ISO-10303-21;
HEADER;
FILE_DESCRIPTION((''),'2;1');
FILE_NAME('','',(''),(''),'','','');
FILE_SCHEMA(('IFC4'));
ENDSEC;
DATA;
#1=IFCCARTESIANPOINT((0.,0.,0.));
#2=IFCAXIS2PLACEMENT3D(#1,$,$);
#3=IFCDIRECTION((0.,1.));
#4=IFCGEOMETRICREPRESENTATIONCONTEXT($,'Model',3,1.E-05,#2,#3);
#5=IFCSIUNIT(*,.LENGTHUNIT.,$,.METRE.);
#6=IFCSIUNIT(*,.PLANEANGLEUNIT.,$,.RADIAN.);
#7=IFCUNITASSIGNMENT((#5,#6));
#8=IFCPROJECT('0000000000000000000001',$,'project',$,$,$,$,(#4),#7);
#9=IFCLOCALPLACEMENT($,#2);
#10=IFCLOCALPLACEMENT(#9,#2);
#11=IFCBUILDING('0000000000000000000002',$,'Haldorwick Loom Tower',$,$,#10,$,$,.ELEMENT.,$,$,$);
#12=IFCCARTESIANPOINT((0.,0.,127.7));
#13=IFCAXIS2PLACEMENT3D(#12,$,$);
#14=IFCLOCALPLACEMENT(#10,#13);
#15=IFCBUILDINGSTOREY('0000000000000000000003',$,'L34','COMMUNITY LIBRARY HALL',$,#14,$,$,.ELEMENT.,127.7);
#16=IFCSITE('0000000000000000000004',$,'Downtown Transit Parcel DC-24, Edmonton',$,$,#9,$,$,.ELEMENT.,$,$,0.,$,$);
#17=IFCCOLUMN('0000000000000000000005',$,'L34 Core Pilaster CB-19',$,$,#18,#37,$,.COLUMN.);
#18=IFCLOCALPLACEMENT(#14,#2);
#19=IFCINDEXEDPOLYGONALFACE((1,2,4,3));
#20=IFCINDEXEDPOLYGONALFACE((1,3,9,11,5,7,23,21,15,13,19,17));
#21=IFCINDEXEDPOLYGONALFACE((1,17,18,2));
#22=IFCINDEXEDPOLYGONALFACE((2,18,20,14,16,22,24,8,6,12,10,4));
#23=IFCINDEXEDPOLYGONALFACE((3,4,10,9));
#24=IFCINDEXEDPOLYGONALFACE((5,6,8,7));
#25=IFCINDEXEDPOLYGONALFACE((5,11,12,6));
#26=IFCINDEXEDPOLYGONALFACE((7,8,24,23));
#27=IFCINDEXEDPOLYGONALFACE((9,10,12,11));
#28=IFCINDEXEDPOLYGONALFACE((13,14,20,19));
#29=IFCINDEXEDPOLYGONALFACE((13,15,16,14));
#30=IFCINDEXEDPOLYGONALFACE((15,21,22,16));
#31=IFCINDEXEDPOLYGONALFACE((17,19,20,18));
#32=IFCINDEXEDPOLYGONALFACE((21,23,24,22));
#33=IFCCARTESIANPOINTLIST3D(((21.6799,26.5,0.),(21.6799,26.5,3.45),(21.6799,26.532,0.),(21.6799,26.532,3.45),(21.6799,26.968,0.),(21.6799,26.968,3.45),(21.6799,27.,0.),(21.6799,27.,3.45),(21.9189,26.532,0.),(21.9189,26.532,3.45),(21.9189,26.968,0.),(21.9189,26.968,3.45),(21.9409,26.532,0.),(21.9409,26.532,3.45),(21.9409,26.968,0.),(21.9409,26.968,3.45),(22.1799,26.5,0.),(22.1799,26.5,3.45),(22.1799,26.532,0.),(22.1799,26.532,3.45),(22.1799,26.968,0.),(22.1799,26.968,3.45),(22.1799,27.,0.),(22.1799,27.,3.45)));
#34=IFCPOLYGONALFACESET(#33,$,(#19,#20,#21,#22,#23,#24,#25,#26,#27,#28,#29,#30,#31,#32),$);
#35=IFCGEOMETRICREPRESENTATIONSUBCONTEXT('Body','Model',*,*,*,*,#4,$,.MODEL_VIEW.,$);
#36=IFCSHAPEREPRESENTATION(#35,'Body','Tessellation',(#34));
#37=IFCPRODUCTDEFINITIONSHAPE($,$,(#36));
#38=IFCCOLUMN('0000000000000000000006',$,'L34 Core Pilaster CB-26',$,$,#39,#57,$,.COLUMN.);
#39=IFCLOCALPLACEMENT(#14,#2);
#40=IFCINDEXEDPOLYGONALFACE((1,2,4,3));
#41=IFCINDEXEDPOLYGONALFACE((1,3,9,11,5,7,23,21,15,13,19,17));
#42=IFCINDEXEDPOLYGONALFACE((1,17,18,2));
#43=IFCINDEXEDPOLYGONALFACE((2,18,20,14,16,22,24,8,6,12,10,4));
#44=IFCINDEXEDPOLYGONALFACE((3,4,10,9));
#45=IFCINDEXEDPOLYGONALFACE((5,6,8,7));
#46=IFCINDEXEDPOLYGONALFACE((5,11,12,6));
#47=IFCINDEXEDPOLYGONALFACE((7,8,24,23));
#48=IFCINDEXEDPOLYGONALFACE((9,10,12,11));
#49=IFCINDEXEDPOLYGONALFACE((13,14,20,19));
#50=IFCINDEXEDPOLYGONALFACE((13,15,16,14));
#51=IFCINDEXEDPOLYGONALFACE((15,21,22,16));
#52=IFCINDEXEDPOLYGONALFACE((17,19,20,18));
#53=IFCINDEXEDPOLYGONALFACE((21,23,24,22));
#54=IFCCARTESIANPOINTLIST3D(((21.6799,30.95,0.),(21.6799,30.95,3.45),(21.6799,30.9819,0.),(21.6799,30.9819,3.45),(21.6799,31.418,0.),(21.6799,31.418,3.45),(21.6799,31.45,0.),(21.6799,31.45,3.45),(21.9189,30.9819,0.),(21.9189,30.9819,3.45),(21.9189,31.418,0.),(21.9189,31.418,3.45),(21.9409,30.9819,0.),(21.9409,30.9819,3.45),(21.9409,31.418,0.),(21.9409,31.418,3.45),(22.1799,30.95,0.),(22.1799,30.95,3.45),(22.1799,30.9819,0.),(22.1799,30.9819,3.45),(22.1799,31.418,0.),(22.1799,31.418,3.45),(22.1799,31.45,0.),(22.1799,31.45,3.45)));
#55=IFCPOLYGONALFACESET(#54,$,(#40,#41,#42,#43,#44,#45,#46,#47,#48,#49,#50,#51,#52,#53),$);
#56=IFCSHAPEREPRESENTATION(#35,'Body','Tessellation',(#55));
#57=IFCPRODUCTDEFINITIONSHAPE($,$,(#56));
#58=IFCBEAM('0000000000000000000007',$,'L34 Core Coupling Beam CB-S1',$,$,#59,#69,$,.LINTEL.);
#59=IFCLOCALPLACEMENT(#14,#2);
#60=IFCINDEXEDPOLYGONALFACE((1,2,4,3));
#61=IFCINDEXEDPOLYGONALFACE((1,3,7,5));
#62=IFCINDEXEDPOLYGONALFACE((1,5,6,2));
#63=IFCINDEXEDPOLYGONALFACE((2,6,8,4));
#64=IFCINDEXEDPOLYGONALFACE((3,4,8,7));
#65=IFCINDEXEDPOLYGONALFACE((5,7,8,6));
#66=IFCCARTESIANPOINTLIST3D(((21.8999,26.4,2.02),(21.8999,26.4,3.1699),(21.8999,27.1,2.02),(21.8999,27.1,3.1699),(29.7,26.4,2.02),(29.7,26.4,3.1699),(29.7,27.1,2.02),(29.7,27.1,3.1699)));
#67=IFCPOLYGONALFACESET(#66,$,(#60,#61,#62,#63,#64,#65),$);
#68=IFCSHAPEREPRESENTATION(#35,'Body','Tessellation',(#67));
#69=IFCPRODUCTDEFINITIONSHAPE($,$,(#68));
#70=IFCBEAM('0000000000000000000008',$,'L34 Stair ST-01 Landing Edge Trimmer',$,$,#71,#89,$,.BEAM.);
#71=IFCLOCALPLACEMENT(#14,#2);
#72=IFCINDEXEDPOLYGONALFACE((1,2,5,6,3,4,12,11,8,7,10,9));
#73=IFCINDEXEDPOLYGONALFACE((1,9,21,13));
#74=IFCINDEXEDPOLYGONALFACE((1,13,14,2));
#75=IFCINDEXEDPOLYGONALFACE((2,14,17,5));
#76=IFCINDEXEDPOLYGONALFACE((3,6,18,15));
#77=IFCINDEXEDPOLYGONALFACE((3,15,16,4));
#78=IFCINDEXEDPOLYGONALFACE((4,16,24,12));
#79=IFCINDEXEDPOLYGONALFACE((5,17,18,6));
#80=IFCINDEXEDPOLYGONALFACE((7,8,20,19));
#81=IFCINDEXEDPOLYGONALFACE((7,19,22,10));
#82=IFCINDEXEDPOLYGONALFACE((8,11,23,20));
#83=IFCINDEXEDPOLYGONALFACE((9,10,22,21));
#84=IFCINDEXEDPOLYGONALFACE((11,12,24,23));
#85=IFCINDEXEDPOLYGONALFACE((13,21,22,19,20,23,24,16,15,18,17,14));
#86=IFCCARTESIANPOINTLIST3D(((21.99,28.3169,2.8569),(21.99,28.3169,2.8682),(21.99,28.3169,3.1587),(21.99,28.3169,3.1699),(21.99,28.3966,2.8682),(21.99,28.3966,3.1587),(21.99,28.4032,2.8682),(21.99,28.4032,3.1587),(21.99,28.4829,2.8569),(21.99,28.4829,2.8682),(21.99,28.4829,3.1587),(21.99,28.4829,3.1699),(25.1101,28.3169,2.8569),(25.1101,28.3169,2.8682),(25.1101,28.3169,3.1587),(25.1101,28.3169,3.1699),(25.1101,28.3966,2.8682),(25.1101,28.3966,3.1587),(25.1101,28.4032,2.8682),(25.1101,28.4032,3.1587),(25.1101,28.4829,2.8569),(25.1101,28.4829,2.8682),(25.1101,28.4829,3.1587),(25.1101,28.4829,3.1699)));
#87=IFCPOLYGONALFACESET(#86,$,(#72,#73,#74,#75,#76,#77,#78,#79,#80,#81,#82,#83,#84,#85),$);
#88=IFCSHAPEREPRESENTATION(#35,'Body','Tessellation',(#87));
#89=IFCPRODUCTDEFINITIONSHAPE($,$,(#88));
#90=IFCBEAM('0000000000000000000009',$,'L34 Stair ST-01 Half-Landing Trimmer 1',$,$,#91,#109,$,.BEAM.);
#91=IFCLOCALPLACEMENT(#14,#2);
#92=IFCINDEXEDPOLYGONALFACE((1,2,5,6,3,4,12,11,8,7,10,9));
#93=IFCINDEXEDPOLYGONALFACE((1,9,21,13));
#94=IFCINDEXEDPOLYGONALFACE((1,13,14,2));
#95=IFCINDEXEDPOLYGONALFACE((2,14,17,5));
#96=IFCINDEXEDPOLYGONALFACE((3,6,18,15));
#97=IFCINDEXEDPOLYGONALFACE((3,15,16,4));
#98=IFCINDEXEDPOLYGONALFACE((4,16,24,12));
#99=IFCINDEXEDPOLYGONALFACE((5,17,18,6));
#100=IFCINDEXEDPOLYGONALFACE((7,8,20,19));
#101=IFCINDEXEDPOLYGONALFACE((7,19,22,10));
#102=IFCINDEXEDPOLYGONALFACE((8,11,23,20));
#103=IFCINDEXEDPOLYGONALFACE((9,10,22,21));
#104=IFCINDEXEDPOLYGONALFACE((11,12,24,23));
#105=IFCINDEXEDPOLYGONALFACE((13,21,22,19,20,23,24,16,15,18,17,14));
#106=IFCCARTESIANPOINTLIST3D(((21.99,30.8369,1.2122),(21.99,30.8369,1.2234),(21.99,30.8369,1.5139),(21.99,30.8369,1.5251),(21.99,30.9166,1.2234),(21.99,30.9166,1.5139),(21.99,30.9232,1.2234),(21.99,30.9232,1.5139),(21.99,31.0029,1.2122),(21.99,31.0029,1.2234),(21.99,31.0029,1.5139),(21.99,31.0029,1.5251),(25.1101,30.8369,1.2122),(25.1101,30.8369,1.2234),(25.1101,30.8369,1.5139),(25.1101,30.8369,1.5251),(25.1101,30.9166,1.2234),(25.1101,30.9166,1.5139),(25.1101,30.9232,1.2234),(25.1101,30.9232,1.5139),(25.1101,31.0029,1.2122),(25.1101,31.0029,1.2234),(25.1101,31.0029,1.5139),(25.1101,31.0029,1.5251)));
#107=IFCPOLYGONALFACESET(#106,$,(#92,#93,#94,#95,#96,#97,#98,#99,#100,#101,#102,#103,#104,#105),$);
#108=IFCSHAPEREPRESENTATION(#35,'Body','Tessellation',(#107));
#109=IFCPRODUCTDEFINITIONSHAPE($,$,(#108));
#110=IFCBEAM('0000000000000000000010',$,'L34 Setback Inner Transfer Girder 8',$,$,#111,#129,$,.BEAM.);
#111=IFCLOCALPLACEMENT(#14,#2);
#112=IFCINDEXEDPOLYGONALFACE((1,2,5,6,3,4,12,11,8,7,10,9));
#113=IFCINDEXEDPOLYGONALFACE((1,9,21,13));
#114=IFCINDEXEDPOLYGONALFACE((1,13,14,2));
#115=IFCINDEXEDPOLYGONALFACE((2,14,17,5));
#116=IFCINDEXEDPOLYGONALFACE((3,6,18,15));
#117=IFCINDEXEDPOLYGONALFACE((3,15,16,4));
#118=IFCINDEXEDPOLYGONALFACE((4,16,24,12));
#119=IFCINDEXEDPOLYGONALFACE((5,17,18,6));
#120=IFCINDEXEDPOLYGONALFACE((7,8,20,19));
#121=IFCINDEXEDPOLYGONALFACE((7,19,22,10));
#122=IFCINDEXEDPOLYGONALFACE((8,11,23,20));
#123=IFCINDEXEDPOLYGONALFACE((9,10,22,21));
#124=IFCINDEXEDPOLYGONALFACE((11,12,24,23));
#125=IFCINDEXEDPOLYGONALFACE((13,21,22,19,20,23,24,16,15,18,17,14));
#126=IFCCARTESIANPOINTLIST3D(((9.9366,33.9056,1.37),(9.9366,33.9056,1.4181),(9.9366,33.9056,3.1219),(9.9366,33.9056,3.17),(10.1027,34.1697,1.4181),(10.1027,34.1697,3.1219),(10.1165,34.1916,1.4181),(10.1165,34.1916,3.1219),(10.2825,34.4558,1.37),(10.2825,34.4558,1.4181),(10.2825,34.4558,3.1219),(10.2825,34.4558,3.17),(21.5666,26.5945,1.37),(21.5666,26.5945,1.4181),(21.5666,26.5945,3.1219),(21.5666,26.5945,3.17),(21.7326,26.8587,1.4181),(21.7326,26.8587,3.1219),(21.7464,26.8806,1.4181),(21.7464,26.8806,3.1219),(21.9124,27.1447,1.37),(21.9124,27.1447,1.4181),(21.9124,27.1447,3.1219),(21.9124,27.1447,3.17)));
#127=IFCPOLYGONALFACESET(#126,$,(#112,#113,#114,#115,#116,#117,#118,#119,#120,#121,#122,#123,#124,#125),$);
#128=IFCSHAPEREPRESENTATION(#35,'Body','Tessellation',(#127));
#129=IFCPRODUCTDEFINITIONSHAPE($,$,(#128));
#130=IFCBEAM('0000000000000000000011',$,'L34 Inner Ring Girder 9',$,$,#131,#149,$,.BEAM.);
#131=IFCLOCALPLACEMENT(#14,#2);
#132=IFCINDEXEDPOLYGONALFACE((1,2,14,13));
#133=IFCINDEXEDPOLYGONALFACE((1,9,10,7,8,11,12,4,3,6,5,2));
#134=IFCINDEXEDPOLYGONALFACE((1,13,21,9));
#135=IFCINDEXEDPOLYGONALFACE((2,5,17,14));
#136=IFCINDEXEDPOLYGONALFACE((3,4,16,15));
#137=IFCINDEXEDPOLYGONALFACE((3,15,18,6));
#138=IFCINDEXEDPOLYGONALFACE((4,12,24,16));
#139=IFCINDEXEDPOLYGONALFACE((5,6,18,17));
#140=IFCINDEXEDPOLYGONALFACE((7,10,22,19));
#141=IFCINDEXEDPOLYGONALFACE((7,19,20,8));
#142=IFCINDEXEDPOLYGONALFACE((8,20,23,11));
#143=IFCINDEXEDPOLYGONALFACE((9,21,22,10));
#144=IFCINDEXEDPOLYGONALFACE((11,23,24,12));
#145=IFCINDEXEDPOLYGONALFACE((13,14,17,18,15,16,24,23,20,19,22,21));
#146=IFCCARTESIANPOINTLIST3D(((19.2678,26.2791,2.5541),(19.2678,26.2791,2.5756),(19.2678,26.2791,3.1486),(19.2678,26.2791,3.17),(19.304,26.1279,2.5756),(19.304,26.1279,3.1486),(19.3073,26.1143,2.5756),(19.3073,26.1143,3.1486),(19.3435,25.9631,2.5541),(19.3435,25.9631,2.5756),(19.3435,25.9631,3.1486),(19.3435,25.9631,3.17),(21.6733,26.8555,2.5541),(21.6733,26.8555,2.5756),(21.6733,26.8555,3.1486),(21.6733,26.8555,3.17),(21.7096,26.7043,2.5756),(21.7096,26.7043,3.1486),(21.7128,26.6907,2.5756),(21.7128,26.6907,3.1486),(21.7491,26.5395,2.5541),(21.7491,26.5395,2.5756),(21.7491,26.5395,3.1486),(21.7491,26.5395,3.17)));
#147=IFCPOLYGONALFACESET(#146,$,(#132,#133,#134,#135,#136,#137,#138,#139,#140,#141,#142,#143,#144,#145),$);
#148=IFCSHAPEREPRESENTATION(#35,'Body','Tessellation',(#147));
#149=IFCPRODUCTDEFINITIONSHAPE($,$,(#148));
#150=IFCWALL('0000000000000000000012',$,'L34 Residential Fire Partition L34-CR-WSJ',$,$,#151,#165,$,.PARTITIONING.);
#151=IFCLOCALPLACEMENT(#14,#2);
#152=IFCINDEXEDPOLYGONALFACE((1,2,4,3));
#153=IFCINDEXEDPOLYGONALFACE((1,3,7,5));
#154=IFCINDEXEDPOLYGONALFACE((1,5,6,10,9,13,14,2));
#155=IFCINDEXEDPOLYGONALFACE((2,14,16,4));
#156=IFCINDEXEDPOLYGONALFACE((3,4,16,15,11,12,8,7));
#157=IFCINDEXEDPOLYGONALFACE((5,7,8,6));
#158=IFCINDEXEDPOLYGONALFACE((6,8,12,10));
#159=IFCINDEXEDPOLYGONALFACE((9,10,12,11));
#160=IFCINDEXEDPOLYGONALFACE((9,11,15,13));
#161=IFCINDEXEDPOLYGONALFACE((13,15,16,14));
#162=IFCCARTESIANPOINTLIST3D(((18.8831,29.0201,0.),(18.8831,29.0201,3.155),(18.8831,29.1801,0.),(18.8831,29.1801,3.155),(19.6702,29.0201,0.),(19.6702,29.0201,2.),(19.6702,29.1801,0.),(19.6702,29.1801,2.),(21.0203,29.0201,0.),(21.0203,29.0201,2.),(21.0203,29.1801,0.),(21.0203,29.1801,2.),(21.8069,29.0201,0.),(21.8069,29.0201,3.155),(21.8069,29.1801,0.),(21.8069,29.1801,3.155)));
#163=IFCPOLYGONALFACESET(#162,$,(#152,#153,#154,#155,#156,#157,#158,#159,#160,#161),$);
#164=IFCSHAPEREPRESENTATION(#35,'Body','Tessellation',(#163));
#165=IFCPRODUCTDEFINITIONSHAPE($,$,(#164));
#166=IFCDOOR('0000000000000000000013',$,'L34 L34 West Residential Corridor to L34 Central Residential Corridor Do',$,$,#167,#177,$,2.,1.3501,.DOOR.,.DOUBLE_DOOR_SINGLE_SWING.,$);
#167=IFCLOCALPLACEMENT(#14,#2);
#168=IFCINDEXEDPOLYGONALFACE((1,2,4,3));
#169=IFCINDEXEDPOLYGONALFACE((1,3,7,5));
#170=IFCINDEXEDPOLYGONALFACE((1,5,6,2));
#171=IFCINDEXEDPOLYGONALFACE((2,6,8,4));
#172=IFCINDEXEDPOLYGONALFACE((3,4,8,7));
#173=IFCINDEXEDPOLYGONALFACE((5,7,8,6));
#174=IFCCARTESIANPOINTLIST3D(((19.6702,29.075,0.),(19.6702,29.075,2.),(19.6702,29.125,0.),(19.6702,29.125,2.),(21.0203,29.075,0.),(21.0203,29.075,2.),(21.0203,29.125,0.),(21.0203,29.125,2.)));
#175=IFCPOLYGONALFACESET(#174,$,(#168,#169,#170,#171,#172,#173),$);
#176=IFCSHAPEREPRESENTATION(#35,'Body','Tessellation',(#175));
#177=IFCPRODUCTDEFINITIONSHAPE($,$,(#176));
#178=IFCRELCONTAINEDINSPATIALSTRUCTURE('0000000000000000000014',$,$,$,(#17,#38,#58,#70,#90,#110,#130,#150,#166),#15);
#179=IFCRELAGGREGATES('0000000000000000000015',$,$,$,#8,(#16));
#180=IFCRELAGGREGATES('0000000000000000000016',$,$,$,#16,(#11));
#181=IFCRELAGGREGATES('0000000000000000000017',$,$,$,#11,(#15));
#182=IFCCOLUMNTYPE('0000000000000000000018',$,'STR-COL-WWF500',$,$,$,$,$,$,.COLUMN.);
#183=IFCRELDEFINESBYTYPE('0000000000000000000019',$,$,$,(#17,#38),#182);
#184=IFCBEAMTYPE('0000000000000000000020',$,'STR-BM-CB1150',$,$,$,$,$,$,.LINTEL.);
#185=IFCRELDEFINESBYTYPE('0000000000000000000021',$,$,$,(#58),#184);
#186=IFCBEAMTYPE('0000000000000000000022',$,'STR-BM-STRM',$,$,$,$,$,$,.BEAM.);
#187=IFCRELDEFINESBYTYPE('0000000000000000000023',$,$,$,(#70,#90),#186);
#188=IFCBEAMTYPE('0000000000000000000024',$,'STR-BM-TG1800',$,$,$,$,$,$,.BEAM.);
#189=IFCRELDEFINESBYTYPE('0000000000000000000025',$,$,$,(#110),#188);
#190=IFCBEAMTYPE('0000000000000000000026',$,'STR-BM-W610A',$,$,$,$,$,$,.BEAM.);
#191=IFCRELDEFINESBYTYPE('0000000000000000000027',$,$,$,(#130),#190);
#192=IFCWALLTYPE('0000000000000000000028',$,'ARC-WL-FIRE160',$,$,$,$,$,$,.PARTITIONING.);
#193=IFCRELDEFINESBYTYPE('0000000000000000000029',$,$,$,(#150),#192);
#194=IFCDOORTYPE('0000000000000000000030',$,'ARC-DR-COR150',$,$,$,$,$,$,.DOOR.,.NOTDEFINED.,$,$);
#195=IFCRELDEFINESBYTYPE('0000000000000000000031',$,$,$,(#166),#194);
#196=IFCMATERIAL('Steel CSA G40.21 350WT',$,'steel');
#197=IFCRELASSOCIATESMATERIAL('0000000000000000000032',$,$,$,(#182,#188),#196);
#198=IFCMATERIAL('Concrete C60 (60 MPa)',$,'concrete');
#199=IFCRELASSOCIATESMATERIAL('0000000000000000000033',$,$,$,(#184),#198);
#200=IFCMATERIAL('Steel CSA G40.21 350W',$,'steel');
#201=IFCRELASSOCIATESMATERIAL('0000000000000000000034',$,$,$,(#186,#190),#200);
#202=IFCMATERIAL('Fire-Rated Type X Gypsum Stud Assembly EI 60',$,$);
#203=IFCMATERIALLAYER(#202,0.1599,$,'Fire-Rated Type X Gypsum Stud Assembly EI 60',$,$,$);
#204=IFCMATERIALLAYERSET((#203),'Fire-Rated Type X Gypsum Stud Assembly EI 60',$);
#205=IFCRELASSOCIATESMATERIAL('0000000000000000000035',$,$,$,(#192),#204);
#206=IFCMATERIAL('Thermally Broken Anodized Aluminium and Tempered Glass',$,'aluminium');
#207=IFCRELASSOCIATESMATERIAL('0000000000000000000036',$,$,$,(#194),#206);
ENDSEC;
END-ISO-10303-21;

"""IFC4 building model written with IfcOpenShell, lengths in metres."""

from ifc_helpers import new_model, si_unit, direction, frame, frame_2d, origin, origin_2d, place, context, subcontext, project, spatial, rectangle, i_section, extrude, material, layer, layer_set, material_profile, profile_set, type_object, element, fill, save


model = new_model("IFC4")

# Units and contexts
model_context = context("Model", 3, precision=1e-05, world=origin(), true_north=direction((0.0, 1.0)))
body_context = subcontext(model_context, "Body", "Model", "MODEL_VIEW")
ifc_project = project(units=[si_unit("LENGTHUNIT", "METRE"), si_unit("PLANEANGLEUNIT", "RADIAN")], contexts=[model_context])

# Site, building, storey
site_placement = place(None, origin())
site = spatial("IfcSite", under=ifc_project, at=site_placement, Name="Downtown Transit Parcel DC-24, Edmonton", CompositionType="ELEMENT", RefElevation=0.0)
building_placement = place(site_placement, origin())
building = spatial("IfcBuilding", under=site, at=building_placement, Name="Haldorwick Loom Tower", CompositionType="ELEMENT")
storey_placement = place(building_placement, frame((0.0, 0.0, 127.7)))
storey = spatial("IfcBuildingStorey", under=building, at=storey_placement, Name="L34", Description="COMMUNITY LIBRARY HALL", CompositionType="ELEMENT", Elevation=127.7)

# Columns
ifc_material_1 = material(Name="Steel CSA G40.21 350WT", Category="steel")
ifc_material_profile_1 = material_profile(ifc_material_1, i_section(OverallWidth=0.5, OverallDepth=0.5, WebThickness=0.022, FlangeThickness=0.032, at=origin_2d()), Name="WWF500X500", Category="steel")
ifc_profile_set_1 = profile_set([ifc_material_profile_1], Name="Steel CSA G40.21 350WT")
column_type = type_object("IfcColumnType", Name="STR-COL-WWF500", PredefinedType="COLUMN", material=ifc_profile_set_1)
for number, where, z_axis, x_axis, name in (
    (1, (21.9299, 26.75, 0.0), (0.0, 0.0, 1.0), (1.0, 0.0, 0.0), "L34 Core Pilaster CB-19"),
    (2, (21.9299, 31.2, 0.0), (0.0, 0.0, 1.0), (1.0, 0.0, 0.0), "L34 Core Pilaster CB-26"),
):
    element("IfcColumn", number, at=place(storey_placement, frame(where, z_axis=z_axis, x_axis=x_axis)), inside=storey, type_object=column_type, Name=name, PredefinedType="COLUMN", context=body_context, shape_type="SweptSolid", body=[
        extrude(i_section(OverallWidth=0.5, OverallDepth=0.5, WebThickness=0.022, FlangeThickness=0.032, at=origin_2d()), origin(), (0.0, 0.0, 1.0), 3.45),
    ])

# Beams
ifc_material_2 = material(Name="Concrete C60 (60 MPa)", Category="concrete")
ifc_material_profile_2 = material_profile(ifc_material_2, rectangle(XDim=0.7, YDim=1.1499, at=origin_2d()), Name="RC700X1150", Category="concrete")
ifc_profile_set_2 = profile_set([ifc_material_profile_2], Name="Concrete C60 (60 MPa)")
beam_type_1 = type_object("IfcBeamType", Name="STR-BM-CB1150", PredefinedType="LINTEL", material=ifc_profile_set_2)
beam_1_placement = place(storey_placement, frame((21.8999, 26.75, 2.595), z_axis=(1.0, 0.0, 0.0), x_axis=(0.0, 1.0, 0.0)))
element("IfcBeam", 3, at=beam_1_placement, inside=storey, type_object=beam_type_1, Name="L34 Core Coupling Beam CB-S1", PredefinedType="LINTEL", context=body_context, shape_type="SweptSolid", body=[
    extrude(rectangle(XDim=0.7, YDim=1.1499, at=origin_2d()), origin(), (0.0, 0.0, 1.0), 7.8),
])
ifc_material_3 = material(Name="Steel CSA G40.21 350W", Category="steel")
ifc_material_profile_3 = material_profile(ifc_material_3, i_section(OverallWidth=0.166, OverallDepth=0.313, WebThickness=0.0066, FlangeThickness=0.0112, at=origin_2d()), Name="W310X45", Category="steel")
ifc_profile_set_3 = profile_set([ifc_material_profile_3], Name="Steel CSA G40.21 350W")
beam_type_2 = type_object("IfcBeamType", Name="STR-BM-STRM", PredefinedType="BEAM", material=ifc_profile_set_3)
for number, where, z_axis, x_axis, name in (
    (4, (21.99, 28.3999, 3.0134), (1.0, 0.0, 0.0), (0.0, 1.0, 0.0), "L34 Stair ST-01 Landing Edge Trimmer"),
    (5, (21.99, 30.9199, 1.3687), (1.0, 0.0, 0.0), (0.0, 1.0, 0.0), "L34 Stair ST-01 Half-Landing Trimmer 1"),
):
    element("IfcBeam", number, at=place(storey_placement, frame(where, z_axis=z_axis, x_axis=x_axis)), inside=storey, type_object=beam_type_2, Name=name, PredefinedType="BEAM", context=body_context, shape_type="SweptSolid", body=[
        extrude(i_section(OverallWidth=0.166, OverallDepth=0.313, WebThickness=0.0066, FlangeThickness=0.0112, at=origin_2d()), origin(), (0.0, 0.0, 1.0), 3.1201),
    ])
ifc_material_profile_4 = material_profile(ifc_material_1, i_section(OverallWidth=0.6499, OverallDepth=1.8, WebThickness=0.0259, FlangeThickness=0.0481, at=origin_2d()), Name="WWF1800X650", Category="steel")
ifc_profile_set_4 = profile_set([ifc_material_profile_4], Name="Steel CSA G40.21 350WT")
beam_type_3 = type_object("IfcBeamType", Name="STR-BM-TG1800", PredefinedType="BEAM", material=ifc_profile_set_4)
beam_2_placement = place(storey_placement, frame((21.7395, 26.8696, 2.27), z_axis=(-0.84661, 0.532214, 0.0), x_axis=(-0.532214, -0.84661, 0.0)))
element("IfcBeam", 6, at=beam_2_placement, inside=storey, type_object=beam_type_3, Name="L34 Setback Inner Transfer Girder 8", PredefinedType="BEAM", context=body_context, shape_type="SweptSolid", body=[
    extrude(i_section(OverallWidth=0.6499, OverallDepth=1.8, WebThickness=0.0259, FlangeThickness=0.0481, at=origin_2d()), origin(), (0.0, 0.0, 1.0), 13.7371),
])
ifc_material_profile_5 = material_profile(ifc_material_3, i_section(OverallWidth=0.325, OverallDepth=0.616, WebThickness=0.0139, FlangeThickness=0.0215, at=origin_2d()), Name="W610X174", Category="steel")
ifc_profile_set_5 = profile_set([ifc_material_profile_5], Name="Steel CSA G40.21 350W")
beam_type_4 = type_object("IfcBeamType", Name="STR-BM-W610A", PredefinedType="BEAM", material=ifc_profile_set_5)
beam_3_placement = place(storey_placement, frame((19.3057, 26.1211, 2.8621), z_axis=(0.972471, 0.233026, 0.0), x_axis=(-0.233026, 0.972471, 0.0)))
element("IfcBeam", 7, at=beam_3_placement, inside=storey, type_object=beam_type_4, Name="L34 Inner Ring Girder 9", PredefinedType="BEAM", context=body_context, shape_type="SweptSolid", body=[
    extrude(i_section(OverallWidth=0.325, OverallDepth=0.616, WebThickness=0.0139, FlangeThickness=0.0215, at=origin_2d()), origin(), (0.0, 0.0, 1.0), 2.4736),
])

# Wall, opening, door
ifc_material_4 = material(Name="Fire-Rated Type X Gypsum Stud Assembly EI 60")
ifc_layer_1 = layer(ifc_material_4, 0.1599, Name="Fire-Rated Type X Gypsum Stud Assembly EI 60")
ifc_layer_set_1 = layer_set([ifc_layer_1], Name="Fire-Rated Type X Gypsum Stud Assembly EI 60")
wall_type_1 = type_object("IfcWallType", Name="ARC-WL-FIRE160", PredefinedType="PARTITIONING", material=ifc_layer_set_1)
wall_1_placement = place(storey_placement, frame((18.8831, 29.1001, 0.0), z_axis=(0.0, 0.0, 1.0), x_axis=(1.0, 0.0, 0.0)))
wall_1 = element("IfcWall", 8, at=wall_1_placement, inside=storey, type_object=wall_type_1, Name="L34 Residential Fire Partition L34-CR-WSJ", PredefinedType="PARTITIONING", context=body_context, shape_type="SweptSolid", body=[
    extrude(rectangle(XDim=2.9238, YDim=0.1599, at=frame_2d((1.4619, 0.0))), origin(), (0.0, 0.0, 1.0), 3.155),
])
opening_1_placement = place(wall_1_placement, frame((0.7871, 0.0, 0.0)))
opening_1 = element("IfcOpeningElement", 9, at=opening_1_placement, cuts=wall_1, PredefinedType="OPENING", context=body_context, shape_type="SweptSolid", body=[
    extrude(rectangle(XDim=1.3501, YDim=2.0, at=frame_2d((0.675, 1.0))), frame((0.0, 0.0898, 0.0), z_axis=(0.0, -1.0, 0.0), x_axis=(1.0, 0.0, 0.0)), (0.0, 0.0, 1.0), 0.1799),
])
ifc_material_5 = material(Name="Thermally Broken Anodized Aluminium and Tempered Glass", Category="aluminium")
door_type_1 = type_object("IfcDoorType", Name="ARC-DR-COR150", OperationType="NOTDEFINED", PredefinedType="DOOR", material=ifc_material_5)
door_1_placement = place(opening_1_placement, origin())
door_1 = element("IfcDoor", 10, at=door_1_placement, inside=storey, type_object=door_type_1, Name="L34 L34 West Residential Corridor to L34 Central Residential Corridor Do", OperationType="DOUBLE_DOOR_SINGLE_SWING", OverallHeight=2.0, OverallWidth=1.3501, PredefinedType="DOOR", context=body_context, shape_type="SweptSolid", body=[
    extrude(rectangle(XDim=1.3501, YDim=2.0, at=frame_2d((0.675, 1.0))), frame((0.0, 0.0249, 0.0), z_axis=(0.0, -1.0, 0.0), x_axis=(1.0, 0.0, 0.0)), (0.0, 0.0, 1.0), 0.05),
])
fill(opening_1, door_1)

save(model, "model.ifc")
